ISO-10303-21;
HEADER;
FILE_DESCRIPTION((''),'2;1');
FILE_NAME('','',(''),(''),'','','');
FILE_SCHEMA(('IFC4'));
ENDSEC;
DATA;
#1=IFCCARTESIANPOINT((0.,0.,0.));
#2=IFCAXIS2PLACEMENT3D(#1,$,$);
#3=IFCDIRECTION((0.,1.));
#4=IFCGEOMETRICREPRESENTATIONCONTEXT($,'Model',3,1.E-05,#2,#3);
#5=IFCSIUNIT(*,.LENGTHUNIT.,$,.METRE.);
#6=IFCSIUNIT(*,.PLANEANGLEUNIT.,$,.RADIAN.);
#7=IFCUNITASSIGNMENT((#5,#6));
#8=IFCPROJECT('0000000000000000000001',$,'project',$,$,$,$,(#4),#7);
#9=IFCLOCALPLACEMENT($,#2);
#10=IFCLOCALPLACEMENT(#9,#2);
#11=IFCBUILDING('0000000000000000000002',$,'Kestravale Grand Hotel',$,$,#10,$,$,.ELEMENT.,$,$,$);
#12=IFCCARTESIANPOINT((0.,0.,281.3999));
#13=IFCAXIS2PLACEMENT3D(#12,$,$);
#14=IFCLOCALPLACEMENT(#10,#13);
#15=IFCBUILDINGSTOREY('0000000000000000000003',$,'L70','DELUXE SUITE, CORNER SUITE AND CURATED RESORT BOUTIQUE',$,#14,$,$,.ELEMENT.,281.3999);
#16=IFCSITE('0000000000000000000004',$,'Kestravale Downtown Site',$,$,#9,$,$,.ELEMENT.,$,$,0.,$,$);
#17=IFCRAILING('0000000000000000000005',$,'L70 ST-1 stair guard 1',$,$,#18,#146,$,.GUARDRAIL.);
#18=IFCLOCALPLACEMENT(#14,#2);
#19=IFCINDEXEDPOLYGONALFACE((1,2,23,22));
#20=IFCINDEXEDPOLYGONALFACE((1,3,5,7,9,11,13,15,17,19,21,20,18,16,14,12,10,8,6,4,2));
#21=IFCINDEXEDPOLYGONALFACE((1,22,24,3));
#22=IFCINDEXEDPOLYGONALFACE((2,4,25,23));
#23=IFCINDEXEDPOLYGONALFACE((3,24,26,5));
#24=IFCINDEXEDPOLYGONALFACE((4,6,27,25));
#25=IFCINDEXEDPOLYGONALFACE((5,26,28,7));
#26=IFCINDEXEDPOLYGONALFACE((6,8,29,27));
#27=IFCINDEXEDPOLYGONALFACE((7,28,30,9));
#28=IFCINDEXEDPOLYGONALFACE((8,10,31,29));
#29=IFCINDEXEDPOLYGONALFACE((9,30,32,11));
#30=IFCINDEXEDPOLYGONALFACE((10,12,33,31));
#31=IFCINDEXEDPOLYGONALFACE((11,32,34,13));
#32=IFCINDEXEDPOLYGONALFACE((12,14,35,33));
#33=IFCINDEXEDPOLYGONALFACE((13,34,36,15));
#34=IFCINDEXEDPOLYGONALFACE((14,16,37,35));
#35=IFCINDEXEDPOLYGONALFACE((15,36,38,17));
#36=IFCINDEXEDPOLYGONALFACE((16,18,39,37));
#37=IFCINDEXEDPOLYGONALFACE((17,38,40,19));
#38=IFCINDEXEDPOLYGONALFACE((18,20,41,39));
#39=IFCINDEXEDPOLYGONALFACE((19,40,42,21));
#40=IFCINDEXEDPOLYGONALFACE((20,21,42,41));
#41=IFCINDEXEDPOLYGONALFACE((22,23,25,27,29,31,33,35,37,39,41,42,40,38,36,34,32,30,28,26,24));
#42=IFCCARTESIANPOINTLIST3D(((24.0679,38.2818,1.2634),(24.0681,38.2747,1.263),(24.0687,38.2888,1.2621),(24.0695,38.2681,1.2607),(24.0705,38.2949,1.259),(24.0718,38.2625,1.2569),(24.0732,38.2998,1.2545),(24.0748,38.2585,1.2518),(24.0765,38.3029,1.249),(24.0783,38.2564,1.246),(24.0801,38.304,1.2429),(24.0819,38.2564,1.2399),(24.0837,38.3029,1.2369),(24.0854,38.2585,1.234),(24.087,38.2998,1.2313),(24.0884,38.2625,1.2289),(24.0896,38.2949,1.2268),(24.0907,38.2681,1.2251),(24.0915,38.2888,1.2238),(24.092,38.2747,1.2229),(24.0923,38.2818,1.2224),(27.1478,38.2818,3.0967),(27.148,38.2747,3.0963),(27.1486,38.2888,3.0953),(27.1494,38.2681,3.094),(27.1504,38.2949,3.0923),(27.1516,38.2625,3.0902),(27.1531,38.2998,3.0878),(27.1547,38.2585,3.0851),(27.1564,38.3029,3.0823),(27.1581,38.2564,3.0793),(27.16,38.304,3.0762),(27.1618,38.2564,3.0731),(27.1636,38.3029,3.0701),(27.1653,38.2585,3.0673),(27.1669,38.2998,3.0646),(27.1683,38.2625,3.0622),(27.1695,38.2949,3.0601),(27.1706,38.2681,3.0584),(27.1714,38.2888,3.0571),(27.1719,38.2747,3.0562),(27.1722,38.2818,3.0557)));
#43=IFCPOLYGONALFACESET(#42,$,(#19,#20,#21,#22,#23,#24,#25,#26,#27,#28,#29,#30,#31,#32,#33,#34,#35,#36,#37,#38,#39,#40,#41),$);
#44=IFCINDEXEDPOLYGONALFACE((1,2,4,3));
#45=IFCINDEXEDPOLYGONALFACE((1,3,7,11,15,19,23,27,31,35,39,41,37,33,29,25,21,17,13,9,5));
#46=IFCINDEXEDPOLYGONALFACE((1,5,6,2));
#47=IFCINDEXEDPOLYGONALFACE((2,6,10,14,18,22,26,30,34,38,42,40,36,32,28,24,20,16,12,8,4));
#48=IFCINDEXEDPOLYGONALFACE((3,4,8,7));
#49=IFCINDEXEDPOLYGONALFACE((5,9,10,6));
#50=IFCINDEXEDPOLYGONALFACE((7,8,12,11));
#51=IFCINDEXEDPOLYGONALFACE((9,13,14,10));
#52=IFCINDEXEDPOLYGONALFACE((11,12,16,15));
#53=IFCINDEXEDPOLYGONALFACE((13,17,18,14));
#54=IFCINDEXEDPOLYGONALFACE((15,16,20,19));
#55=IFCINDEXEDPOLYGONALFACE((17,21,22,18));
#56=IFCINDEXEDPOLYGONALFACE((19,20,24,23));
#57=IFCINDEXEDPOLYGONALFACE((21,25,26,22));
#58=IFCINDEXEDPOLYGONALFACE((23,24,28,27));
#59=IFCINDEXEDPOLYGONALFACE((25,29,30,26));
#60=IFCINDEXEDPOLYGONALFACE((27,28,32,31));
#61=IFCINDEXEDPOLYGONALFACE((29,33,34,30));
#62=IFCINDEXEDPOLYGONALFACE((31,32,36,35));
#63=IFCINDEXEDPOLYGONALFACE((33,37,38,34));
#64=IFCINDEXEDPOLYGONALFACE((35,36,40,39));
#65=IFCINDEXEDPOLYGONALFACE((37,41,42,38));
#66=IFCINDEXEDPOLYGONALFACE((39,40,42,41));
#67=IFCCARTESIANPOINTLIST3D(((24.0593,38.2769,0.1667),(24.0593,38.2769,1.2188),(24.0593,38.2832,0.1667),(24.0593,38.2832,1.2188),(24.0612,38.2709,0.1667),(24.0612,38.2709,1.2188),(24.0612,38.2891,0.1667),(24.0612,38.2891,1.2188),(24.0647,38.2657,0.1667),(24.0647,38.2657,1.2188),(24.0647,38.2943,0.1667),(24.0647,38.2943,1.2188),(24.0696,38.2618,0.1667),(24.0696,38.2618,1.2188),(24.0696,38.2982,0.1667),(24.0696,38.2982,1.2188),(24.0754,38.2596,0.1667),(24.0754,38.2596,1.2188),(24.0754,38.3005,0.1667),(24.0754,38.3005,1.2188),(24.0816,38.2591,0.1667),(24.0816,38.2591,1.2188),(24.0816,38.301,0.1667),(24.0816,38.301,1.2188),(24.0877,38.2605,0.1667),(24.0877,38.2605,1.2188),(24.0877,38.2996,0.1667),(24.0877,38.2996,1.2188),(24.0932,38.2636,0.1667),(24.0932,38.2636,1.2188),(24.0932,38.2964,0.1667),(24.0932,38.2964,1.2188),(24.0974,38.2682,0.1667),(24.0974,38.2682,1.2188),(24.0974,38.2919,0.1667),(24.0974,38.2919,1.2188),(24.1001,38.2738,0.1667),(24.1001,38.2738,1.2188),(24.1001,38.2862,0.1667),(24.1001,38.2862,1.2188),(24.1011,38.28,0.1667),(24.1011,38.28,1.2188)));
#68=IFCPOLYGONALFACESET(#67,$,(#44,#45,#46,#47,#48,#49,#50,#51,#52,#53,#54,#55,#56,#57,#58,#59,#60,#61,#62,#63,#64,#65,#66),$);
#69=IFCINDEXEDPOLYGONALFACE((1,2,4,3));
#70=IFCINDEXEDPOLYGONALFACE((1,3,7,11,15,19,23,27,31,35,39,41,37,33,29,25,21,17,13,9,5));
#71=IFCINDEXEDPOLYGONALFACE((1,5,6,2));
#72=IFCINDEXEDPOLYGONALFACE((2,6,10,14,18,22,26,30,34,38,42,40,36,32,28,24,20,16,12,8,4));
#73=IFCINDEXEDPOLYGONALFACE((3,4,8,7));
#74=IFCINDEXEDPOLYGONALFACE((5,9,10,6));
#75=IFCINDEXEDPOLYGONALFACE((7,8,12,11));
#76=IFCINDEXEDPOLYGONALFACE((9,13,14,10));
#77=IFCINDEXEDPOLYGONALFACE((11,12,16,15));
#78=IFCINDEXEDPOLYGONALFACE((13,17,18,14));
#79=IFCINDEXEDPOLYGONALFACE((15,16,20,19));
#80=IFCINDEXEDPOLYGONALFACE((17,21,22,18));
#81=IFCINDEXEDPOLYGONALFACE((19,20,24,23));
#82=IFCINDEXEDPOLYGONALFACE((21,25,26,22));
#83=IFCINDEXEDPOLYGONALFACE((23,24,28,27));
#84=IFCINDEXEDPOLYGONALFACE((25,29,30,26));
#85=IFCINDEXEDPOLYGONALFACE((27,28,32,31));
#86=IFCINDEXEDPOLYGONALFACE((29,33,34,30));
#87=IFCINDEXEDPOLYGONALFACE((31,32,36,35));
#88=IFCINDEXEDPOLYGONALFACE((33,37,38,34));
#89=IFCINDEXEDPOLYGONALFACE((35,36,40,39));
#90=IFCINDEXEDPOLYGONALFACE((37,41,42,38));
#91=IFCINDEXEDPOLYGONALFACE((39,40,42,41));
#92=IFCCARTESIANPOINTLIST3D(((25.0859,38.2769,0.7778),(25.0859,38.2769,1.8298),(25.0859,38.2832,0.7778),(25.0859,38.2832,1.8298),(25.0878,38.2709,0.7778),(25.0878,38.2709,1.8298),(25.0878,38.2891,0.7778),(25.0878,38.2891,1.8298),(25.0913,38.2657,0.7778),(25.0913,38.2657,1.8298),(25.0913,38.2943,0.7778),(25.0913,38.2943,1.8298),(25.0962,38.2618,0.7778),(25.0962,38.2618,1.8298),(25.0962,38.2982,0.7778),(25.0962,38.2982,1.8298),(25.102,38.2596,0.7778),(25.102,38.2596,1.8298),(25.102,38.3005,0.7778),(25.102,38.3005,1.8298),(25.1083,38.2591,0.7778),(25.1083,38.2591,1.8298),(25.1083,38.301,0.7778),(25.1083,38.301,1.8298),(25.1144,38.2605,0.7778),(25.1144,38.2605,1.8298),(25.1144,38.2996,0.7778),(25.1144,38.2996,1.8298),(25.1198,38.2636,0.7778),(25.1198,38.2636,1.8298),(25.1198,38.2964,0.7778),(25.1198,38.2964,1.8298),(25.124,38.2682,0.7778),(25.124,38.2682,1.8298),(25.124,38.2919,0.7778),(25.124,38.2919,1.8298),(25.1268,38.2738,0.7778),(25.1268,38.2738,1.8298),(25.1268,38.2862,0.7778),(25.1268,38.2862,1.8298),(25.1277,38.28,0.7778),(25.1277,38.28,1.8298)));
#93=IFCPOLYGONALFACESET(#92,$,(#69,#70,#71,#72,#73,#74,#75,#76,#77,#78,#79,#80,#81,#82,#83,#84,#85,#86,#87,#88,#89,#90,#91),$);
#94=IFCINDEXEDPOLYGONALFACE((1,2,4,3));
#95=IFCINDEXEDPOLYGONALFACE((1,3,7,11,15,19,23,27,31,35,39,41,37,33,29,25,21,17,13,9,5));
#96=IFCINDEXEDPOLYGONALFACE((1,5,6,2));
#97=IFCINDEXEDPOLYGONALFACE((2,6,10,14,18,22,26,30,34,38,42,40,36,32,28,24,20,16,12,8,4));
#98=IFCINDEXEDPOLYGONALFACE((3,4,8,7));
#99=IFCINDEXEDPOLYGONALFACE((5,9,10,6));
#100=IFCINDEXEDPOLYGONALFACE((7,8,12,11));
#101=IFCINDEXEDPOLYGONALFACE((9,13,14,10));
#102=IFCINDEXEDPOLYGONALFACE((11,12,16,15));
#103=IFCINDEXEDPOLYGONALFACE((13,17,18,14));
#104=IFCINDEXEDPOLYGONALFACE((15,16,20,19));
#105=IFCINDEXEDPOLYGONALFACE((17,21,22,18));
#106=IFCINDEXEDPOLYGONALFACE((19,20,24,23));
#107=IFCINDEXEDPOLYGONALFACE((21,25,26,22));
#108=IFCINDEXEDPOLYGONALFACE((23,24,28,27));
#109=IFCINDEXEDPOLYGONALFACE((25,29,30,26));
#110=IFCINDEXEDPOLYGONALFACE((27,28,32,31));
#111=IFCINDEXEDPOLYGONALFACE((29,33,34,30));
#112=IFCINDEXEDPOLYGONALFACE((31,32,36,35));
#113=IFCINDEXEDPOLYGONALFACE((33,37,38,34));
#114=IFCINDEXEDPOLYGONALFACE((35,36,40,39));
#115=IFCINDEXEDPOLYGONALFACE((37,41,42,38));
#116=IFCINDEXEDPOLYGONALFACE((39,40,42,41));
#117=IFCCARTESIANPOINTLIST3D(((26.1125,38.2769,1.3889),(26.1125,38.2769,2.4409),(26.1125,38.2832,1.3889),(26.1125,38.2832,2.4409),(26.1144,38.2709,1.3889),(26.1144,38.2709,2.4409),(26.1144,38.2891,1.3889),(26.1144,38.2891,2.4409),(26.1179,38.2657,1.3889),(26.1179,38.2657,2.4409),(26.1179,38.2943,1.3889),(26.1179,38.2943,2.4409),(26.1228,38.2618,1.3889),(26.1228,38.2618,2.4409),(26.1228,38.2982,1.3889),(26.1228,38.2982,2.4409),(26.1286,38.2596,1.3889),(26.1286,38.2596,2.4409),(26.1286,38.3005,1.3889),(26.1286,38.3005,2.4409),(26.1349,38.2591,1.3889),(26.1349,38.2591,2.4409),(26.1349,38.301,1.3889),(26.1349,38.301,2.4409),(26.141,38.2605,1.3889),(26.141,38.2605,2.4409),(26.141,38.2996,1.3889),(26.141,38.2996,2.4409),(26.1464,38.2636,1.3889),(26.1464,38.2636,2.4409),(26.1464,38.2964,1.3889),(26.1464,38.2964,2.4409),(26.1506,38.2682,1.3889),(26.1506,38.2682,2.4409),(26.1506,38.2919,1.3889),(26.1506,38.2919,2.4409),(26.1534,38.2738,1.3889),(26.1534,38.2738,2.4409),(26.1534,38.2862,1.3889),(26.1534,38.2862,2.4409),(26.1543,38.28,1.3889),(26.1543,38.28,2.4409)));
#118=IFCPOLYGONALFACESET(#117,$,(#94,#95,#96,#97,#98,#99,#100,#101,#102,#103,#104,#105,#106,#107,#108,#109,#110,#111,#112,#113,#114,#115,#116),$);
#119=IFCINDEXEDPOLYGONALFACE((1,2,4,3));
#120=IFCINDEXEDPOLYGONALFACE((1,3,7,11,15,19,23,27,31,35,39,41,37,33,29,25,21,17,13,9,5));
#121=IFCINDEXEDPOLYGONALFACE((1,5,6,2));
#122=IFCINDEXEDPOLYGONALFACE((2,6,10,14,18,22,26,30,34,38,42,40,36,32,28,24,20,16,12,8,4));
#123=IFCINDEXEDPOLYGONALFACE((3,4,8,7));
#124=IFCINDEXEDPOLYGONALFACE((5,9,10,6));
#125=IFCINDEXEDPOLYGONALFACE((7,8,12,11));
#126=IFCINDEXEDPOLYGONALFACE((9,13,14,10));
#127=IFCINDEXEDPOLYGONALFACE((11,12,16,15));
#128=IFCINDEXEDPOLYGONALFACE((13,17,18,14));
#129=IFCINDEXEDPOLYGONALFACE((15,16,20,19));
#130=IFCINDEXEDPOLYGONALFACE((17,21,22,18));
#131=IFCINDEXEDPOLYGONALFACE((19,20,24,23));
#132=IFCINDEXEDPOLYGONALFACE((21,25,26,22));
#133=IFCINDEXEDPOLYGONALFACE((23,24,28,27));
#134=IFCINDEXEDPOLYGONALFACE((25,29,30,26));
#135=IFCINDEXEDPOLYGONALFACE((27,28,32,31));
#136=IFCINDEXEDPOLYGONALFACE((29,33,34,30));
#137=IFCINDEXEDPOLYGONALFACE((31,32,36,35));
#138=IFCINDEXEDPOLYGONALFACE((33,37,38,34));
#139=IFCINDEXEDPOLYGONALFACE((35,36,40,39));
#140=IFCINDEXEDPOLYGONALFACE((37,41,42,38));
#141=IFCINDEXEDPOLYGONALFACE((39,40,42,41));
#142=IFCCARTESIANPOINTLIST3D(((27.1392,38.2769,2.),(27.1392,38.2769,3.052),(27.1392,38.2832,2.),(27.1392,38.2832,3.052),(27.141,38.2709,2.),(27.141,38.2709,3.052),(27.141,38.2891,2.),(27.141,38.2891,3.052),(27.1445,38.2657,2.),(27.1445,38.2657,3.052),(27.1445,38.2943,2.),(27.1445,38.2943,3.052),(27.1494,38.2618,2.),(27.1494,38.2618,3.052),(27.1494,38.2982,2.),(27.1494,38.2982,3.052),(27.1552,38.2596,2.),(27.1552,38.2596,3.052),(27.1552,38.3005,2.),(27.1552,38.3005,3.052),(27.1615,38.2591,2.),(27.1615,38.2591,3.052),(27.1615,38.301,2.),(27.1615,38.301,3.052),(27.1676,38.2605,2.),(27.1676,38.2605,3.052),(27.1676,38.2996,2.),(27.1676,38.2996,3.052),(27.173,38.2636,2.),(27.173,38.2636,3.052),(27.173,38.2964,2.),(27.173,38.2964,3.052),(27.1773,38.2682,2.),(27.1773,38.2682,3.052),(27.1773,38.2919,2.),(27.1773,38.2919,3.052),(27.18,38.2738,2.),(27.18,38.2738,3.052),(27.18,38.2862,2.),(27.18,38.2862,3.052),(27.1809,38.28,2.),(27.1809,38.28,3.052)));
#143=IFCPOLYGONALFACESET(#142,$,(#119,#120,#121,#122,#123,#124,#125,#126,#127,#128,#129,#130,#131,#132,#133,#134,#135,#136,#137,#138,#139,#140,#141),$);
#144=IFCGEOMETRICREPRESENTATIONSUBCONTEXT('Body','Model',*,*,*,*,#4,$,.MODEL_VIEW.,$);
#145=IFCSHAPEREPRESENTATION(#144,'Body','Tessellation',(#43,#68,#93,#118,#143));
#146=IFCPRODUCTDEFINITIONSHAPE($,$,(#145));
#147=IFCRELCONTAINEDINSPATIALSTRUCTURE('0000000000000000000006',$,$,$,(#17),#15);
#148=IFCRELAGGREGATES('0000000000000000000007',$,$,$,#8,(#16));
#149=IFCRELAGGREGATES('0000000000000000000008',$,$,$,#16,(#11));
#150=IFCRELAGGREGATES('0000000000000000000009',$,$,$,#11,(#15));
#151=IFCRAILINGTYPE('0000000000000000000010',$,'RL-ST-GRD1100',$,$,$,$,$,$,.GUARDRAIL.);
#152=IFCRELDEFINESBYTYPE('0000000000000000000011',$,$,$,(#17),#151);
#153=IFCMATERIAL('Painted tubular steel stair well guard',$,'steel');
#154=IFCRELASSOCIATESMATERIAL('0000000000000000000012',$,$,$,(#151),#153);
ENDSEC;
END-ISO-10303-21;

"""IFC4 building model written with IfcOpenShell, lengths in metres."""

from ifc_helpers import new_model, si_unit, direction, frame, origin, origin_2d, place, context, subcontext, project, spatial, circle, extrude, material, type_object, element, save


model = new_model("IFC4")

# Units and contexts
model_context = context("Model", 3, precision=1e-05, world=origin(), true_north=direction((0.0, 1.0)))
body_context = subcontext(model_context, "Body", "Model", "MODEL_VIEW")
ifc_project = project(units=[si_unit("LENGTHUNIT", "METRE"), si_unit("PLANEANGLEUNIT", "RADIAN")], contexts=[model_context])

# Site, building, storey
site_placement = place(None, origin())
site = spatial("IfcSite", under=ifc_project, at=site_placement, Name="Kestravale Downtown Site", CompositionType="ELEMENT", RefElevation=0.0)
building_placement = place(site_placement, origin())
building = spatial("IfcBuilding", under=site, at=building_placement, Name="Kestravale Grand Hotel", CompositionType="ELEMENT")
storey_placement = place(building_placement, frame((0.0, 0.0, 281.3999)))
storey = spatial("IfcBuildingStorey", under=building, at=storey_placement, Name="L70", Description="DELUXE SUITE, CORNER SUITE AND CURATED RESORT BOUTIQUE", CompositionType="ELEMENT", Elevation=281.3999)

# Railing
ifc_material_1 = material(Name="Painted tubular steel stair well guard", Category="steel")
railing_type_1 = type_object("IfcRailingType", Name="RL-ST-GRD1100", PredefinedType="GUARDRAIL", material=ifc_material_1)
railing_1_placement = place(storey_placement, frame((24.0801, 38.28, 0.1667)))
element("IfcRailing", 1, at=railing_1_placement, inside=storey, type_object=railing_type_1, Name="L70 ST-1 stair guard 1", PredefinedType="GUARDRAIL", context=body_context, shape_type="SweptSolid", body=[
    extrude(circle(Radius=0.0239, at=origin_2d()), frame((0.0, 0.0, 1.0762), z_axis=(0.859291, 0.0, 0.511487), x_axis=(0.0, 1.0, 0.0)), (0.0, 0.0, 1.0), 3.5842),
    extrude(circle(Radius=0.021, at=origin_2d()), origin(), (0.0, 0.0, 1.0), 1.052),
    extrude(circle(Radius=0.021, at=origin_2d()), frame((1.0266, 0.0, 0.6111)), (0.0, 0.0, 1.0), 1.052),
    extrude(circle(Radius=0.021, at=origin_2d()), frame((2.0532, 0.0, 1.2222)), (0.0, 0.0, 1.0), 1.052),
    extrude(circle(Radius=0.021, at=origin_2d()), frame((3.0798, 0.0, 1.8333)), (0.0, 0.0, 1.0), 1.052),
])

save(model, "model.ifc")
